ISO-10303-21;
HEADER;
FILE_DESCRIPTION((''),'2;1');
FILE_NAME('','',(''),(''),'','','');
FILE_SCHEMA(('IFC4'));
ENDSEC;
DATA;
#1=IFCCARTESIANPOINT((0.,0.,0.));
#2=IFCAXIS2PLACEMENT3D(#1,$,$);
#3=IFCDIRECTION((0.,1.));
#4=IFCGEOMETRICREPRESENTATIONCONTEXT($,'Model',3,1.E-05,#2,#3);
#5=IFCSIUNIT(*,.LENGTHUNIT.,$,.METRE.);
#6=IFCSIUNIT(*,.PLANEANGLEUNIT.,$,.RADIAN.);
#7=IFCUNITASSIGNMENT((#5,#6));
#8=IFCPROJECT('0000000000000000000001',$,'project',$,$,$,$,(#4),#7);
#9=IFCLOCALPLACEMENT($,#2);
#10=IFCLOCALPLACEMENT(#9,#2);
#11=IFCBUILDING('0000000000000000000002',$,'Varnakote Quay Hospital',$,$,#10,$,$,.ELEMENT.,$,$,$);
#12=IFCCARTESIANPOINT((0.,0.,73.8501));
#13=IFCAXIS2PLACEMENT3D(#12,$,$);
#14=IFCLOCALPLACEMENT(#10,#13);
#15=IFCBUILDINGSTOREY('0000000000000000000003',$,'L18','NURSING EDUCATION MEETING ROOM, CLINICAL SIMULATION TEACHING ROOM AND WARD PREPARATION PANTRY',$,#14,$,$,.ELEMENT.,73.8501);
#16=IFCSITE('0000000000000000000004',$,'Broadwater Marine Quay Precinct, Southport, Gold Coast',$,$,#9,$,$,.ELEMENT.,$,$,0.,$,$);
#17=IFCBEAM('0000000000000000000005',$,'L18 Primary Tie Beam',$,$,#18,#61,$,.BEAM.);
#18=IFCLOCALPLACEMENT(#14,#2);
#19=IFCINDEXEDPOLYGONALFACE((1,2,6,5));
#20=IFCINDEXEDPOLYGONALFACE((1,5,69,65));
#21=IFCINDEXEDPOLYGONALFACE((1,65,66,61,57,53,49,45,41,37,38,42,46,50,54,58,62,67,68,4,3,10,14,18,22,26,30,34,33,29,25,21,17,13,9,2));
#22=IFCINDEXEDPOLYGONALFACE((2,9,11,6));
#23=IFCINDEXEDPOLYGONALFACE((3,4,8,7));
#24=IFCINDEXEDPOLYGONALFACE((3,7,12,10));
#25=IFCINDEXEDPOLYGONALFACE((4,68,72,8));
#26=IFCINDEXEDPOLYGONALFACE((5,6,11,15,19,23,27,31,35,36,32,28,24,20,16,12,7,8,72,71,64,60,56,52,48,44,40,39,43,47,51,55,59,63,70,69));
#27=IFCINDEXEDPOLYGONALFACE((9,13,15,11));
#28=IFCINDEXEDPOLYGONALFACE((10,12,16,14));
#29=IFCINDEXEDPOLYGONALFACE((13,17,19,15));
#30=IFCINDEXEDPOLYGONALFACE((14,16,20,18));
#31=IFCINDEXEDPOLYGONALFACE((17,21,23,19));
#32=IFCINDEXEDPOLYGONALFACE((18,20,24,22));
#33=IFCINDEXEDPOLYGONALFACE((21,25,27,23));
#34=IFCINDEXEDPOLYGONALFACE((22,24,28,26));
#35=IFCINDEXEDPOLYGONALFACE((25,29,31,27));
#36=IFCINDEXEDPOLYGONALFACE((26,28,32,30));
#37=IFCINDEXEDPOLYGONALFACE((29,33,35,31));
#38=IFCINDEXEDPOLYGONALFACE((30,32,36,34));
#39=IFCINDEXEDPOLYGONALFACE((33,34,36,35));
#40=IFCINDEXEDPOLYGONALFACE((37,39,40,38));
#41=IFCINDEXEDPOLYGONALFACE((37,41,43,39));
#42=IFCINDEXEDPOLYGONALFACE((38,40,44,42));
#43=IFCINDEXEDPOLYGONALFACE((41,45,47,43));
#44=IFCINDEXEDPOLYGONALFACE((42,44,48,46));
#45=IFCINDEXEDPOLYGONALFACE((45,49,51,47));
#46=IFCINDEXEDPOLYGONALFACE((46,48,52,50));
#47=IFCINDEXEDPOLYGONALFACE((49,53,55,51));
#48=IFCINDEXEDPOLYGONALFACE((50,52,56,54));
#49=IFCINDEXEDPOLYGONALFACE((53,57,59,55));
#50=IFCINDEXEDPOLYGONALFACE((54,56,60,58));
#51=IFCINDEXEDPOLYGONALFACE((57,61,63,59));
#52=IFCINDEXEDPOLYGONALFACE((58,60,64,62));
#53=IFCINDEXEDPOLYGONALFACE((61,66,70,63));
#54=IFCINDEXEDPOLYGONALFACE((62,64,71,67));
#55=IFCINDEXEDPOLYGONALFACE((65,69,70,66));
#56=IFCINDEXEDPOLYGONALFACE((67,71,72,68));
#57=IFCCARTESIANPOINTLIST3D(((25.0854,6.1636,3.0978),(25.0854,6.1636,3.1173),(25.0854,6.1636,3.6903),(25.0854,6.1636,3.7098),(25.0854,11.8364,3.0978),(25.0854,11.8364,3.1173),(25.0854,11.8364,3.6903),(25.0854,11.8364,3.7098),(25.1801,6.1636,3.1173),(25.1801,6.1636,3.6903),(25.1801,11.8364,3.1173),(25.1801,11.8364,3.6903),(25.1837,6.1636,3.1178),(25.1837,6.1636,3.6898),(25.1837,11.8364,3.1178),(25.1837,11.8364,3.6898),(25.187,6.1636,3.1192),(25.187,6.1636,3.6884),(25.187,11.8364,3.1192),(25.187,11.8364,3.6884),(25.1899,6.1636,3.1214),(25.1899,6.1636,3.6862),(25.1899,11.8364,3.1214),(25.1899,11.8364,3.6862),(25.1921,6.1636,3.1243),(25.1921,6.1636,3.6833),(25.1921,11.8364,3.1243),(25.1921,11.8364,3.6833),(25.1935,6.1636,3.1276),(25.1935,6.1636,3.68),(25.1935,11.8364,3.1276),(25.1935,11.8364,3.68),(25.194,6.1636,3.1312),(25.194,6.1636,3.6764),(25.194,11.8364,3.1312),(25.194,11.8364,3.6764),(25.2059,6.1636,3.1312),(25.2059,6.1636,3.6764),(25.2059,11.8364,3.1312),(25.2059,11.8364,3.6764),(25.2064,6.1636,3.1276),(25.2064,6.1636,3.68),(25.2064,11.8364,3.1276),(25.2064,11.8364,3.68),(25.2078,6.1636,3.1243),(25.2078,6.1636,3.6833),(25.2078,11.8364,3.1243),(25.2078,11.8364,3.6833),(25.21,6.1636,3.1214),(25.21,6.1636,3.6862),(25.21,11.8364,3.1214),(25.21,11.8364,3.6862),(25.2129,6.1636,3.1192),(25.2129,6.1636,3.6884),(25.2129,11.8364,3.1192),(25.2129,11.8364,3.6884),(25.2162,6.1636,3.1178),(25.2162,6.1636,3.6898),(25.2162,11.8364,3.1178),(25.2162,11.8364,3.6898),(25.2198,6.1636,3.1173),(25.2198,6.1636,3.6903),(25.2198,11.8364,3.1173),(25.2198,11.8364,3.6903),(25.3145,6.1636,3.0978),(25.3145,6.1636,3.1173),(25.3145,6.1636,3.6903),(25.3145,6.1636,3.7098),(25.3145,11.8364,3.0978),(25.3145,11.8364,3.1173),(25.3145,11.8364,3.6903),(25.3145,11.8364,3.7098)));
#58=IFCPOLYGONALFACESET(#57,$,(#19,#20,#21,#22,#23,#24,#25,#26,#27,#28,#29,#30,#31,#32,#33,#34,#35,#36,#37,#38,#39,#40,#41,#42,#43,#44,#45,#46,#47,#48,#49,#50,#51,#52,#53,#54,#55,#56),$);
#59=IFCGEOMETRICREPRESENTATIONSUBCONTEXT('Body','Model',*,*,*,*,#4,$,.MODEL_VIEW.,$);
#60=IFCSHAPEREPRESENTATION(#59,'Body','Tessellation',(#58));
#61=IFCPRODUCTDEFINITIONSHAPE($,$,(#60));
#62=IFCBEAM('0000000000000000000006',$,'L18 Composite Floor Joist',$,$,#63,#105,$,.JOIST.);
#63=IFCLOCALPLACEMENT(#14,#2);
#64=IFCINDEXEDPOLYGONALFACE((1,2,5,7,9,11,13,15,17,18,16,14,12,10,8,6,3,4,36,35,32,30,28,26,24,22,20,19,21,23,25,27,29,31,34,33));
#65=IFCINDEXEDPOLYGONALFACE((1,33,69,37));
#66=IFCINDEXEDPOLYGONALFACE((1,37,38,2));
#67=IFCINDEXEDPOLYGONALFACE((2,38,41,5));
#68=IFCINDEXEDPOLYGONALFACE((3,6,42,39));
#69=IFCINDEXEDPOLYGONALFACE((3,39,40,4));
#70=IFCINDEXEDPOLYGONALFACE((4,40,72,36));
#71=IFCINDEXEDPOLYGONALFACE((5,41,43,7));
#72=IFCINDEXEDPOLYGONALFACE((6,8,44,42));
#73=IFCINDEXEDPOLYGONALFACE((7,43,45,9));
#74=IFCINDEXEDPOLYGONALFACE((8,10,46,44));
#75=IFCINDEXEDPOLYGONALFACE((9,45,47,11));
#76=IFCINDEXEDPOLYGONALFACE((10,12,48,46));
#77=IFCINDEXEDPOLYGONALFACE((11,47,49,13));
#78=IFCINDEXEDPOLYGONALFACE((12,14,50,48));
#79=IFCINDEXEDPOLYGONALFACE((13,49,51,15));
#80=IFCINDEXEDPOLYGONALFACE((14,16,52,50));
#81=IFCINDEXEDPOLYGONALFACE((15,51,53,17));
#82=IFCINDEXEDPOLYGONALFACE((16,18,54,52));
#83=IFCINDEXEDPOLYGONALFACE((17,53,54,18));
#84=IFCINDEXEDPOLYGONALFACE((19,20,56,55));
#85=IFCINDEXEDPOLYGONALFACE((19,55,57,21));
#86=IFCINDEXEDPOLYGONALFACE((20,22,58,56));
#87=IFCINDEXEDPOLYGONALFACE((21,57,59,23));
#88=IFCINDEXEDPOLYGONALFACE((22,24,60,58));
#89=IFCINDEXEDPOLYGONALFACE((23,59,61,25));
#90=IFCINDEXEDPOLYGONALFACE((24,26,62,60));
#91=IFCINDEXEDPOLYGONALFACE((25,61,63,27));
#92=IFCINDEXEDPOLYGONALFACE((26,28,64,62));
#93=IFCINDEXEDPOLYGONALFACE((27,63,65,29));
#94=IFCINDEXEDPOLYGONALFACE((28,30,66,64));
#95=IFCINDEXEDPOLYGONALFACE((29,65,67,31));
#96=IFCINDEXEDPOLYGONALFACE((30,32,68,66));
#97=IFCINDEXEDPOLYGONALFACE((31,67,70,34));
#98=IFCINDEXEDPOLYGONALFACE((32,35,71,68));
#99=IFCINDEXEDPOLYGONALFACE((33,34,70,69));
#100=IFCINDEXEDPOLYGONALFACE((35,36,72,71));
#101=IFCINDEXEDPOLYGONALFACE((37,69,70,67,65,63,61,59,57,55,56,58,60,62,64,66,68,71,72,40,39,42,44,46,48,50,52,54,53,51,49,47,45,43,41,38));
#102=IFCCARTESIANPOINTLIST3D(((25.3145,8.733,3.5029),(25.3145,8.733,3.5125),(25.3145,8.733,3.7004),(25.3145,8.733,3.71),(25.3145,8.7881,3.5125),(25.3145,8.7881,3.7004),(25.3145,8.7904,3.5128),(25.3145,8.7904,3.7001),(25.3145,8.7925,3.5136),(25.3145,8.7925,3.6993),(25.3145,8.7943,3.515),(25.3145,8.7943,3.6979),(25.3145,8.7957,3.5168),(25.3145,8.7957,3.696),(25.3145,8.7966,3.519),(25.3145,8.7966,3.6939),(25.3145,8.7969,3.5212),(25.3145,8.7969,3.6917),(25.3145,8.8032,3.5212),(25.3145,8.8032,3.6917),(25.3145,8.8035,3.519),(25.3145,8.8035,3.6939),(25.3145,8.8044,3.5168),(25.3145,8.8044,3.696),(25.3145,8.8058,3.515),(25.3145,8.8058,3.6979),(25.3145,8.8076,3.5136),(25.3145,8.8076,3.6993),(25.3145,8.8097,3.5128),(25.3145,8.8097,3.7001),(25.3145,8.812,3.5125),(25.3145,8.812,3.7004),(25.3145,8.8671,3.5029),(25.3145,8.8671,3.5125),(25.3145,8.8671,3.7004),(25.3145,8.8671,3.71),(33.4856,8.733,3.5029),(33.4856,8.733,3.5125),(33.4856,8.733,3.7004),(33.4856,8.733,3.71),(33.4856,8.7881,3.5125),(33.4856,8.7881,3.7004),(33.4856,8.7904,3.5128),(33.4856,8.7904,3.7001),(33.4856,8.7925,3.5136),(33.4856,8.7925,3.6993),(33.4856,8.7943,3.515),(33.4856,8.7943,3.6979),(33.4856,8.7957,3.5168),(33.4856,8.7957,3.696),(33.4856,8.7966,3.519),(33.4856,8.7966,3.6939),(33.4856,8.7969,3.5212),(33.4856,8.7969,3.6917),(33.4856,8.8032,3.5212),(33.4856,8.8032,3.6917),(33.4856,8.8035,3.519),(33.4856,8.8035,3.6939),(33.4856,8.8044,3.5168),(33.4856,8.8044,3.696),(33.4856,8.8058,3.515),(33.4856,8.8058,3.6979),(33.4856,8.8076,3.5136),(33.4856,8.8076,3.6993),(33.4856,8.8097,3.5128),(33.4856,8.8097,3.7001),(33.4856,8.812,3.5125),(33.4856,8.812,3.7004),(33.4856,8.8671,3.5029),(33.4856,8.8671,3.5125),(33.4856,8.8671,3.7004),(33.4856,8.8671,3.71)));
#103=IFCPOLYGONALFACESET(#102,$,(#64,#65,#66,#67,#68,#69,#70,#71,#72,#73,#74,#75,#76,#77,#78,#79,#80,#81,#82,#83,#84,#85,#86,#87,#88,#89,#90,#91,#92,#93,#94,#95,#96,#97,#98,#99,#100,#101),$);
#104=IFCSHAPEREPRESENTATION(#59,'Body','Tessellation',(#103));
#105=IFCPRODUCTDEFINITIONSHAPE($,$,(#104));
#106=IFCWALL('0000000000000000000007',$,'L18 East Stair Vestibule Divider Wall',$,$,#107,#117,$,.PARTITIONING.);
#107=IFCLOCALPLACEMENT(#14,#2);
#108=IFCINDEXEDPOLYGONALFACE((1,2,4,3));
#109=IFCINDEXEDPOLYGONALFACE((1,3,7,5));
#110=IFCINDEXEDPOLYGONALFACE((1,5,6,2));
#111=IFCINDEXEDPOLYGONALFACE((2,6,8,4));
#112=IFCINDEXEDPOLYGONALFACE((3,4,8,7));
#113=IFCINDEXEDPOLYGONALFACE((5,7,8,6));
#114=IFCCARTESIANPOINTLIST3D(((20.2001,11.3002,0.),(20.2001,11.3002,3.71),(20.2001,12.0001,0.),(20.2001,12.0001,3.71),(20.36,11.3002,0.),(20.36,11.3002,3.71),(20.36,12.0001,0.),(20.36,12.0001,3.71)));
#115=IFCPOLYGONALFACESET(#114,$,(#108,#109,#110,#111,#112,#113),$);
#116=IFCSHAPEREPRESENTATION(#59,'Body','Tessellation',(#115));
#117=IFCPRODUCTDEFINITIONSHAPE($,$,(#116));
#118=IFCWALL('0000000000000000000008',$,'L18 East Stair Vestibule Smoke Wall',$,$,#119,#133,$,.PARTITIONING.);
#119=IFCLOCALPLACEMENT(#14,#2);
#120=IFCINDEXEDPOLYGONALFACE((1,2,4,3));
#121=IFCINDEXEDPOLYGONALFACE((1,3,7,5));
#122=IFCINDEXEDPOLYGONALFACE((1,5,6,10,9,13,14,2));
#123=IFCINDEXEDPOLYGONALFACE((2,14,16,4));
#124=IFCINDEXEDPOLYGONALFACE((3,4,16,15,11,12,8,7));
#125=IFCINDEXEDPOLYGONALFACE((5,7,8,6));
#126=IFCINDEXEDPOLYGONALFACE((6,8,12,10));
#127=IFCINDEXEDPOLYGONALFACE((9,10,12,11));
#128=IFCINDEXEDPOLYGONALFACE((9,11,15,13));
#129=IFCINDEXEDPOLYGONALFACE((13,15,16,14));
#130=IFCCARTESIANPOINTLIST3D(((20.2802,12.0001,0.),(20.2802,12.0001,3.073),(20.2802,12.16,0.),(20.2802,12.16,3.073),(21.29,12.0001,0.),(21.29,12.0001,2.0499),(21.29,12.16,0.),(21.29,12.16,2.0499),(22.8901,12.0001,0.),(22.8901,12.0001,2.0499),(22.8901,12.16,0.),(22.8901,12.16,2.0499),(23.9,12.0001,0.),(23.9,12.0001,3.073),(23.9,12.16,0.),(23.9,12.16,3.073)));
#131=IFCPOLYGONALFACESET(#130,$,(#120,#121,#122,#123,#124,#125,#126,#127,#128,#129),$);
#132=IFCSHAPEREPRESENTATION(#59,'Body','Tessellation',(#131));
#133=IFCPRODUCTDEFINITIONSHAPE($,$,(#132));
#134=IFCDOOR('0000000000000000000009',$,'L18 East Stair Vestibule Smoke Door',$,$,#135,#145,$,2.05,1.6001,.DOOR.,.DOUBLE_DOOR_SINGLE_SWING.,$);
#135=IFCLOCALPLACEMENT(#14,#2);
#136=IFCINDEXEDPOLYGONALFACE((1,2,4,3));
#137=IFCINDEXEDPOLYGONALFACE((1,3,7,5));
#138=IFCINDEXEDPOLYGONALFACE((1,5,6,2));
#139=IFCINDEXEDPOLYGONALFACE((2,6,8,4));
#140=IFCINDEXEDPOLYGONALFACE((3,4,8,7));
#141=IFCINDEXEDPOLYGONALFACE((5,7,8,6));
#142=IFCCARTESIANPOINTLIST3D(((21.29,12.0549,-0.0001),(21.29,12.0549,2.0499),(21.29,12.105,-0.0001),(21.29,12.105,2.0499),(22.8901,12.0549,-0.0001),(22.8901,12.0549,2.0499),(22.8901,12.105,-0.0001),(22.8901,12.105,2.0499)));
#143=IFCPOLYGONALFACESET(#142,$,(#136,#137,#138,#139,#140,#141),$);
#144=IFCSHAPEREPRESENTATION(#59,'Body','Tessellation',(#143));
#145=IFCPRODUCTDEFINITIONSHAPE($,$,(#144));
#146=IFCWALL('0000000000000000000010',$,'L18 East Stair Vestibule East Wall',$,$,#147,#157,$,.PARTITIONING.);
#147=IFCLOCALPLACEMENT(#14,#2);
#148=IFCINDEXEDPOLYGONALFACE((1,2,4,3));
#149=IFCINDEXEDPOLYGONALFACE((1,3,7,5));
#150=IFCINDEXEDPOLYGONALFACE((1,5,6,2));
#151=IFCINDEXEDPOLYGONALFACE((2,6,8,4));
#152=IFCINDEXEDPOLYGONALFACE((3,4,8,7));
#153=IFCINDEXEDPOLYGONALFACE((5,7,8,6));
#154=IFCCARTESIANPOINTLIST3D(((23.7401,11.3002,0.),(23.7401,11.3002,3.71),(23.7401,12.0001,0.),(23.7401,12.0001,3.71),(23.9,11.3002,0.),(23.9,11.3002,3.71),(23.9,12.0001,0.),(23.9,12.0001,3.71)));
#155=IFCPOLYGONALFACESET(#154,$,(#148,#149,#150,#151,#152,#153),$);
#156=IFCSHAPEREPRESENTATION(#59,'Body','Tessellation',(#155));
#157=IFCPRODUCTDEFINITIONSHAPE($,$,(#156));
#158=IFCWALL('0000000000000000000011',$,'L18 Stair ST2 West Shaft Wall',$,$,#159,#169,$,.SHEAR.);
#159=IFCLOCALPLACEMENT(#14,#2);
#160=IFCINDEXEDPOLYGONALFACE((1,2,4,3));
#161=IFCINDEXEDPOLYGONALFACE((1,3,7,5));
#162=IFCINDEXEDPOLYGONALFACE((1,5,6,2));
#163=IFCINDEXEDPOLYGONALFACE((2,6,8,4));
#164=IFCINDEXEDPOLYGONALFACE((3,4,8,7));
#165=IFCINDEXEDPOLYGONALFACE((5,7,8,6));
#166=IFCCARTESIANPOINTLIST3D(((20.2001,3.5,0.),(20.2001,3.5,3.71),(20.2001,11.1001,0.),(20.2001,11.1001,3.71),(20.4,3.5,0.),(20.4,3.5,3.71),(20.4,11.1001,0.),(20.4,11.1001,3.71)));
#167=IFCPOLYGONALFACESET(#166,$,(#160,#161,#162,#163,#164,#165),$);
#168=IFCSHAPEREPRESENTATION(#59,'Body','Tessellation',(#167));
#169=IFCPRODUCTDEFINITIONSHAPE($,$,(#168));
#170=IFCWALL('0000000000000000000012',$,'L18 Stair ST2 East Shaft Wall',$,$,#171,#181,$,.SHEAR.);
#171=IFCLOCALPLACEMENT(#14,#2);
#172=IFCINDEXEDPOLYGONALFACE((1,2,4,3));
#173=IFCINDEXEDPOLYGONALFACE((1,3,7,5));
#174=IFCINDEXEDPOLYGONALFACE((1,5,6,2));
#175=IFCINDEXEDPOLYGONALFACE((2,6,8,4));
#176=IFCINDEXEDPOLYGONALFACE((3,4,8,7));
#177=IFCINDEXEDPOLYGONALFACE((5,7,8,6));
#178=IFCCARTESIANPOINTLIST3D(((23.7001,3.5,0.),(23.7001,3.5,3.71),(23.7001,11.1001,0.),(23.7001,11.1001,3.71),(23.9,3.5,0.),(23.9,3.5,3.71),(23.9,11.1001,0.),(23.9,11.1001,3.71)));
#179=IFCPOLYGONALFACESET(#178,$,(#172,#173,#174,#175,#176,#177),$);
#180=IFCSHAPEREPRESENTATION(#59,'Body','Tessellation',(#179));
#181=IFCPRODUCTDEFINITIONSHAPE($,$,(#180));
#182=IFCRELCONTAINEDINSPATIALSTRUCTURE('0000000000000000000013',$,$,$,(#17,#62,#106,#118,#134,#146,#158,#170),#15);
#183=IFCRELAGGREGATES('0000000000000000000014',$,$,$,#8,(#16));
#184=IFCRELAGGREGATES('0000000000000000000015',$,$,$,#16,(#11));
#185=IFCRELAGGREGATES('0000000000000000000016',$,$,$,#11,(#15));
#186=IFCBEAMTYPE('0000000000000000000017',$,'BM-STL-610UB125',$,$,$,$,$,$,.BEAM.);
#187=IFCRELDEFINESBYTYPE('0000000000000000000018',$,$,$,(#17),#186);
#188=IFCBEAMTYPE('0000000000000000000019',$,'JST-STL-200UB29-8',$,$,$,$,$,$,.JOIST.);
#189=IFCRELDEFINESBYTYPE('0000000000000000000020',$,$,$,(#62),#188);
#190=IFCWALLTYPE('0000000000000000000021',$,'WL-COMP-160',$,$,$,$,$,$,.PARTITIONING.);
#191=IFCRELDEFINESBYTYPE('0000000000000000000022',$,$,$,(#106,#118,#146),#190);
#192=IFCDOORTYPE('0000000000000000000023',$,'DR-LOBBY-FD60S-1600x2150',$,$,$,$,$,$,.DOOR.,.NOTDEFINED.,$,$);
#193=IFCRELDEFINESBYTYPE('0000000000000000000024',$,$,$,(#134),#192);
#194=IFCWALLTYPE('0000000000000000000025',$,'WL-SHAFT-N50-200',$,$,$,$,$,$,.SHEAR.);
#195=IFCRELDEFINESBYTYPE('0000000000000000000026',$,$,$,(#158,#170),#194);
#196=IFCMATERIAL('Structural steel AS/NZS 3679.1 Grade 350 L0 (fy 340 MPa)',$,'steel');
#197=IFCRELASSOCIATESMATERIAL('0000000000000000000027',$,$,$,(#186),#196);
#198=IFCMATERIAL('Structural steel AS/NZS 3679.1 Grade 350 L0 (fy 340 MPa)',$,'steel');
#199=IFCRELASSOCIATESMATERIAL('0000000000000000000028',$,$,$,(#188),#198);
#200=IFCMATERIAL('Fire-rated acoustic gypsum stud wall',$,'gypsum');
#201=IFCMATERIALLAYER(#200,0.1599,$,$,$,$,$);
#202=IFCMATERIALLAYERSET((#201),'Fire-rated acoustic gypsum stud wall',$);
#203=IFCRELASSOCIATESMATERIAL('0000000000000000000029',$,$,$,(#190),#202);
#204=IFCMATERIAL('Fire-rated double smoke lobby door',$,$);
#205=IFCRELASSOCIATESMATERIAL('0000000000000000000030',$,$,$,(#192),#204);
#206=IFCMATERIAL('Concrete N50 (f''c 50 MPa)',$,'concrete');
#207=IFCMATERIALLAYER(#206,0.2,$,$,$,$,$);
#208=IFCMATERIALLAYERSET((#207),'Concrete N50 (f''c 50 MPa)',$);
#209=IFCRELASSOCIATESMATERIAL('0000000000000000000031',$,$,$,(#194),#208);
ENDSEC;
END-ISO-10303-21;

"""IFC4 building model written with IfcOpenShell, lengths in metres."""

from ifc_helpers import new_model, si_unit, direction, frame, frame_2d, origin, origin_2d, place, context, subcontext, project, spatial, rectangle, i_section, extrude, material, layer, layer_set, material_profile, profile_set, type_object, element, fill, save


model = new_model("IFC4")

# Units and contexts
model_context = context("Model", 3, precision=1e-05, world=origin(), true_north=direction((0.0, 1.0)))
body_context = subcontext(model_context, "Body", "Model", "MODEL_VIEW")
ifc_project = project(units=[si_unit("LENGTHUNIT", "METRE"), si_unit("PLANEANGLEUNIT", "RADIAN")], contexts=[model_context])

# Site, building, storey
site_placement = place(None, origin())
site = spatial("IfcSite", under=ifc_project, at=site_placement, Name="Broadwater Marine Quay Precinct, Southport, Gold Coast", CompositionType="ELEMENT", RefElevation=0.0)
building_placement = place(site_placement, origin())
building = spatial("IfcBuilding", under=site, at=building_placement, Name="Varnakote Quay Hospital", CompositionType="ELEMENT")
storey_placement = place(building_placement, frame((0.0, 0.0, 73.8501)))
storey = spatial("IfcBuildingStorey", under=building, at=storey_placement, Name="L18", Description="NURSING EDUCATION MEETING ROOM, CLINICAL SIMULATION TEACHING ROOM AND WARD PREPARATION PANTRY", CompositionType="ELEMENT", Elevation=73.8501)

# Beams
ifc_material_1 = material(Name="Structural steel AS/NZS 3679.1 Grade 350 L0 (fy 340 MPa)", Category="steel")
ifc_material_profile_1 = material_profile(ifc_material_1, i_section(OverallWidth=0.229, OverallDepth=0.6121, WebThickness=0.012, FlangeThickness=0.0195, FilletRadius=0.0139, at=origin_2d()), Name="610UB125")
ifc_profile_set_1 = profile_set([ifc_material_profile_1], Name="Structural steel AS/NZS 3679.1 Grade 350 L0 (fy 340 MPa)")
beam_type_1 = type_object("IfcBeamType", Name="BM-STL-610UB125", PredefinedType="BEAM", material=ifc_profile_set_1)
beam_1_placement = place(storey_placement, frame((25.2, 6.1636, 3.4038), z_axis=(0.0, 1.0, 0.0), x_axis=(-1.0, 0.0, 0.0)))
element("IfcBeam", 1, at=beam_1_placement, inside=storey, type_object=beam_type_1, Name="L18 Primary Tie Beam", PredefinedType="BEAM", context=body_context, shape_type="SweptSolid", body=[
    extrude(i_section(OverallWidth=0.229, OverallDepth=0.6121, WebThickness=0.012, FlangeThickness=0.0195, FilletRadius=0.0139, at=origin_2d()), origin(), (0.0, 0.0, 1.0), 5.6729),
])
ifc_material_2 = material(Name="Structural steel AS/NZS 3679.1 Grade 350 L0 (fy 340 MPa)", Category="steel")
ifc_material_profile_2 = material_profile(ifc_material_2, i_section(OverallWidth=0.134, OverallDepth=0.207, WebThickness=0.0063, FlangeThickness=0.0095, FilletRadius=0.0088, at=origin_2d()), Name="200UB29.8")
ifc_profile_set_2 = profile_set([ifc_material_profile_2], Name="Structural steel AS/NZS 3679.1 Grade 350 L0 (fy 340 MPa)")
beam_type_2 = type_object("IfcBeamType", Name="JST-STL-200UB29-8", PredefinedType="JOIST", material=ifc_profile_set_2)
beam_2_placement = place(storey_placement, frame((25.3145, 8.8, 3.6064), z_axis=(1.0, 0.0, 0.0), x_axis=(0.0, 1.0, 0.0)))
element("IfcBeam", 2, at=beam_2_placement, inside=storey, type_object=beam_type_2, Name="L18 Composite Floor Joist", PredefinedType="JOIST", context=body_context, shape_type="SweptSolid", body=[
    extrude(i_section(OverallWidth=0.134, OverallDepth=0.207, WebThickness=0.0063, FlangeThickness=0.0095, FilletRadius=0.0088, at=origin_2d()), origin(), (0.0, 0.0, 1.0), 8.1711),
])

# Wall
ifc_material_3 = material(Name="Fire-rated acoustic gypsum stud wall", Category="gypsum")
ifc_layer_1 = layer(ifc_material_3, 0.1599)
ifc_layer_set_1 = layer_set([ifc_layer_1], Name="Fire-rated acoustic gypsum stud wall")
wall_type_1 = type_object("IfcWallType", Name="WL-COMP-160", PredefinedType="PARTITIONING", material=ifc_layer_set_1)
wall_1_placement = place(storey_placement, frame((20.28, 11.3, 0.0), z_axis=(0.0, 0.0, 1.0), x_axis=(0.0, 1.0, 0.0)))
element("IfcWall", 3, at=wall_1_placement, inside=storey, type_object=wall_type_1, Name="L18 East Stair Vestibule Divider Wall", PredefinedType="PARTITIONING", context=body_context, shape_type="SweptSolid", body=[
    extrude(rectangle(XDim=0.7, YDim=0.1599, at=frame_2d((0.3501, 0.0))), origin(), (0.0, 0.0, 1.0), 3.71),
])

# Wall, opening, door
wall_2_placement = place(storey_placement, frame((20.28, 12.0801, 0.0), z_axis=(0.0, 0.0, 1.0), x_axis=(1.0, 0.0, 0.0)))
wall_2 = element("IfcWall", 4, at=wall_2_placement, inside=storey, type_object=wall_type_1, Name="L18 East Stair Vestibule Smoke Wall", PredefinedType="PARTITIONING", context=body_context, shape_type="SweptSolid", body=[
    extrude(rectangle(XDim=3.6199, YDim=0.1599, at=frame_2d((1.8101, 0.0))), origin(), (0.0, 0.0, 1.0), 3.073),
])
opening_placement = place(wall_2_placement, frame((1.01, 0.0, 0.0)))
opening = element("IfcOpeningElement", 5, at=opening_placement, cuts=wall_2, PredefinedType="OPENING", context=body_context, shape_type="SweptSolid", body=[
    extrude(rectangle(XDim=1.6001, YDim=2.05, at=frame_2d((0.8, 1.0249))), frame((0.0, 0.0898, 0.0), z_axis=(0.0, -1.0, 0.0), x_axis=(1.0, 0.0, 0.0)), (0.0, 0.0, 1.0), 0.1799),
])
ifc_material_4 = material(Name="Fire-rated double smoke lobby door")
door_type = type_object("IfcDoorType", Name="DR-LOBBY-FD60S-1600x2150", OperationType="NOTDEFINED", PredefinedType="DOOR", material=ifc_material_4)
door_placement = place(opening_placement, origin())
door = element("IfcDoor", 6, at=door_placement, inside=storey, type_object=door_type, Name="L18 East Stair Vestibule Smoke Door", OperationType="DOUBLE_DOOR_SINGLE_SWING", OverallHeight=2.05, OverallWidth=1.6001, PredefinedType="DOOR", context=body_context, shape_type="SweptSolid", body=[
    extrude(rectangle(XDim=1.6001, YDim=2.05, at=frame_2d((0.8, 1.0249))), frame((0.0, 0.0249, 0.0), z_axis=(0.0, -1.0, 0.0), x_axis=(1.0, 0.0, 0.0)), (0.0, 0.0, 1.0), 0.05),
])
fill(opening, door)

# Walls
wall_3_placement = place(storey_placement, frame((23.8201, 11.3, 0.0), z_axis=(0.0, 0.0, 1.0), x_axis=(0.0, 1.0, 0.0)))
element("IfcWall", 7, at=wall_3_placement, inside=storey, type_object=wall_type_1, Name="L18 East Stair Vestibule East Wall", PredefinedType="PARTITIONING", context=body_context, shape_type="SweptSolid", body=[
    extrude(rectangle(XDim=0.7, YDim=0.1599, at=frame_2d((0.3501, 0.0))), origin(), (0.0, 0.0, 1.0), 3.71),
])
ifc_material_5 = material(Name="Concrete N50 (f'c 50 MPa)", Category="concrete")
ifc_layer_2 = layer(ifc_material_5, 0.2)
ifc_layer_set_2 = layer_set([ifc_layer_2], Name="Concrete N50 (f'c 50 MPa)")
wall_type_2 = type_object("IfcWallType", Name="WL-SHAFT-N50-200", PredefinedType="SHEAR", material=ifc_layer_set_2)
for number, where, z_axis, x_axis, name in (
    (8, (20.3, 3.5, 0.0), (0.0, 0.0, 1.0), (0.0, 1.0, 0.0), "L18 Stair ST2 West Shaft Wall"),
    (9, (23.8, 3.5, 0.0), (0.0, 0.0, 1.0), (0.0, 1.0, 0.0), "L18 Stair ST2 East Shaft Wall"),
):
    element("IfcWall", number, at=place(storey_placement, frame(where, z_axis=z_axis, x_axis=x_axis)), inside=storey, type_object=wall_type_2, Name=name, PredefinedType="SHEAR", context=body_context, shape_type="SweptSolid", body=[
        extrude(rectangle(XDim=7.6001, YDim=0.2, at=frame_2d((3.8, 0.0))), origin(), (0.0, 0.0, 1.0), 3.71),
    ])

save(model, "model.ifc")
